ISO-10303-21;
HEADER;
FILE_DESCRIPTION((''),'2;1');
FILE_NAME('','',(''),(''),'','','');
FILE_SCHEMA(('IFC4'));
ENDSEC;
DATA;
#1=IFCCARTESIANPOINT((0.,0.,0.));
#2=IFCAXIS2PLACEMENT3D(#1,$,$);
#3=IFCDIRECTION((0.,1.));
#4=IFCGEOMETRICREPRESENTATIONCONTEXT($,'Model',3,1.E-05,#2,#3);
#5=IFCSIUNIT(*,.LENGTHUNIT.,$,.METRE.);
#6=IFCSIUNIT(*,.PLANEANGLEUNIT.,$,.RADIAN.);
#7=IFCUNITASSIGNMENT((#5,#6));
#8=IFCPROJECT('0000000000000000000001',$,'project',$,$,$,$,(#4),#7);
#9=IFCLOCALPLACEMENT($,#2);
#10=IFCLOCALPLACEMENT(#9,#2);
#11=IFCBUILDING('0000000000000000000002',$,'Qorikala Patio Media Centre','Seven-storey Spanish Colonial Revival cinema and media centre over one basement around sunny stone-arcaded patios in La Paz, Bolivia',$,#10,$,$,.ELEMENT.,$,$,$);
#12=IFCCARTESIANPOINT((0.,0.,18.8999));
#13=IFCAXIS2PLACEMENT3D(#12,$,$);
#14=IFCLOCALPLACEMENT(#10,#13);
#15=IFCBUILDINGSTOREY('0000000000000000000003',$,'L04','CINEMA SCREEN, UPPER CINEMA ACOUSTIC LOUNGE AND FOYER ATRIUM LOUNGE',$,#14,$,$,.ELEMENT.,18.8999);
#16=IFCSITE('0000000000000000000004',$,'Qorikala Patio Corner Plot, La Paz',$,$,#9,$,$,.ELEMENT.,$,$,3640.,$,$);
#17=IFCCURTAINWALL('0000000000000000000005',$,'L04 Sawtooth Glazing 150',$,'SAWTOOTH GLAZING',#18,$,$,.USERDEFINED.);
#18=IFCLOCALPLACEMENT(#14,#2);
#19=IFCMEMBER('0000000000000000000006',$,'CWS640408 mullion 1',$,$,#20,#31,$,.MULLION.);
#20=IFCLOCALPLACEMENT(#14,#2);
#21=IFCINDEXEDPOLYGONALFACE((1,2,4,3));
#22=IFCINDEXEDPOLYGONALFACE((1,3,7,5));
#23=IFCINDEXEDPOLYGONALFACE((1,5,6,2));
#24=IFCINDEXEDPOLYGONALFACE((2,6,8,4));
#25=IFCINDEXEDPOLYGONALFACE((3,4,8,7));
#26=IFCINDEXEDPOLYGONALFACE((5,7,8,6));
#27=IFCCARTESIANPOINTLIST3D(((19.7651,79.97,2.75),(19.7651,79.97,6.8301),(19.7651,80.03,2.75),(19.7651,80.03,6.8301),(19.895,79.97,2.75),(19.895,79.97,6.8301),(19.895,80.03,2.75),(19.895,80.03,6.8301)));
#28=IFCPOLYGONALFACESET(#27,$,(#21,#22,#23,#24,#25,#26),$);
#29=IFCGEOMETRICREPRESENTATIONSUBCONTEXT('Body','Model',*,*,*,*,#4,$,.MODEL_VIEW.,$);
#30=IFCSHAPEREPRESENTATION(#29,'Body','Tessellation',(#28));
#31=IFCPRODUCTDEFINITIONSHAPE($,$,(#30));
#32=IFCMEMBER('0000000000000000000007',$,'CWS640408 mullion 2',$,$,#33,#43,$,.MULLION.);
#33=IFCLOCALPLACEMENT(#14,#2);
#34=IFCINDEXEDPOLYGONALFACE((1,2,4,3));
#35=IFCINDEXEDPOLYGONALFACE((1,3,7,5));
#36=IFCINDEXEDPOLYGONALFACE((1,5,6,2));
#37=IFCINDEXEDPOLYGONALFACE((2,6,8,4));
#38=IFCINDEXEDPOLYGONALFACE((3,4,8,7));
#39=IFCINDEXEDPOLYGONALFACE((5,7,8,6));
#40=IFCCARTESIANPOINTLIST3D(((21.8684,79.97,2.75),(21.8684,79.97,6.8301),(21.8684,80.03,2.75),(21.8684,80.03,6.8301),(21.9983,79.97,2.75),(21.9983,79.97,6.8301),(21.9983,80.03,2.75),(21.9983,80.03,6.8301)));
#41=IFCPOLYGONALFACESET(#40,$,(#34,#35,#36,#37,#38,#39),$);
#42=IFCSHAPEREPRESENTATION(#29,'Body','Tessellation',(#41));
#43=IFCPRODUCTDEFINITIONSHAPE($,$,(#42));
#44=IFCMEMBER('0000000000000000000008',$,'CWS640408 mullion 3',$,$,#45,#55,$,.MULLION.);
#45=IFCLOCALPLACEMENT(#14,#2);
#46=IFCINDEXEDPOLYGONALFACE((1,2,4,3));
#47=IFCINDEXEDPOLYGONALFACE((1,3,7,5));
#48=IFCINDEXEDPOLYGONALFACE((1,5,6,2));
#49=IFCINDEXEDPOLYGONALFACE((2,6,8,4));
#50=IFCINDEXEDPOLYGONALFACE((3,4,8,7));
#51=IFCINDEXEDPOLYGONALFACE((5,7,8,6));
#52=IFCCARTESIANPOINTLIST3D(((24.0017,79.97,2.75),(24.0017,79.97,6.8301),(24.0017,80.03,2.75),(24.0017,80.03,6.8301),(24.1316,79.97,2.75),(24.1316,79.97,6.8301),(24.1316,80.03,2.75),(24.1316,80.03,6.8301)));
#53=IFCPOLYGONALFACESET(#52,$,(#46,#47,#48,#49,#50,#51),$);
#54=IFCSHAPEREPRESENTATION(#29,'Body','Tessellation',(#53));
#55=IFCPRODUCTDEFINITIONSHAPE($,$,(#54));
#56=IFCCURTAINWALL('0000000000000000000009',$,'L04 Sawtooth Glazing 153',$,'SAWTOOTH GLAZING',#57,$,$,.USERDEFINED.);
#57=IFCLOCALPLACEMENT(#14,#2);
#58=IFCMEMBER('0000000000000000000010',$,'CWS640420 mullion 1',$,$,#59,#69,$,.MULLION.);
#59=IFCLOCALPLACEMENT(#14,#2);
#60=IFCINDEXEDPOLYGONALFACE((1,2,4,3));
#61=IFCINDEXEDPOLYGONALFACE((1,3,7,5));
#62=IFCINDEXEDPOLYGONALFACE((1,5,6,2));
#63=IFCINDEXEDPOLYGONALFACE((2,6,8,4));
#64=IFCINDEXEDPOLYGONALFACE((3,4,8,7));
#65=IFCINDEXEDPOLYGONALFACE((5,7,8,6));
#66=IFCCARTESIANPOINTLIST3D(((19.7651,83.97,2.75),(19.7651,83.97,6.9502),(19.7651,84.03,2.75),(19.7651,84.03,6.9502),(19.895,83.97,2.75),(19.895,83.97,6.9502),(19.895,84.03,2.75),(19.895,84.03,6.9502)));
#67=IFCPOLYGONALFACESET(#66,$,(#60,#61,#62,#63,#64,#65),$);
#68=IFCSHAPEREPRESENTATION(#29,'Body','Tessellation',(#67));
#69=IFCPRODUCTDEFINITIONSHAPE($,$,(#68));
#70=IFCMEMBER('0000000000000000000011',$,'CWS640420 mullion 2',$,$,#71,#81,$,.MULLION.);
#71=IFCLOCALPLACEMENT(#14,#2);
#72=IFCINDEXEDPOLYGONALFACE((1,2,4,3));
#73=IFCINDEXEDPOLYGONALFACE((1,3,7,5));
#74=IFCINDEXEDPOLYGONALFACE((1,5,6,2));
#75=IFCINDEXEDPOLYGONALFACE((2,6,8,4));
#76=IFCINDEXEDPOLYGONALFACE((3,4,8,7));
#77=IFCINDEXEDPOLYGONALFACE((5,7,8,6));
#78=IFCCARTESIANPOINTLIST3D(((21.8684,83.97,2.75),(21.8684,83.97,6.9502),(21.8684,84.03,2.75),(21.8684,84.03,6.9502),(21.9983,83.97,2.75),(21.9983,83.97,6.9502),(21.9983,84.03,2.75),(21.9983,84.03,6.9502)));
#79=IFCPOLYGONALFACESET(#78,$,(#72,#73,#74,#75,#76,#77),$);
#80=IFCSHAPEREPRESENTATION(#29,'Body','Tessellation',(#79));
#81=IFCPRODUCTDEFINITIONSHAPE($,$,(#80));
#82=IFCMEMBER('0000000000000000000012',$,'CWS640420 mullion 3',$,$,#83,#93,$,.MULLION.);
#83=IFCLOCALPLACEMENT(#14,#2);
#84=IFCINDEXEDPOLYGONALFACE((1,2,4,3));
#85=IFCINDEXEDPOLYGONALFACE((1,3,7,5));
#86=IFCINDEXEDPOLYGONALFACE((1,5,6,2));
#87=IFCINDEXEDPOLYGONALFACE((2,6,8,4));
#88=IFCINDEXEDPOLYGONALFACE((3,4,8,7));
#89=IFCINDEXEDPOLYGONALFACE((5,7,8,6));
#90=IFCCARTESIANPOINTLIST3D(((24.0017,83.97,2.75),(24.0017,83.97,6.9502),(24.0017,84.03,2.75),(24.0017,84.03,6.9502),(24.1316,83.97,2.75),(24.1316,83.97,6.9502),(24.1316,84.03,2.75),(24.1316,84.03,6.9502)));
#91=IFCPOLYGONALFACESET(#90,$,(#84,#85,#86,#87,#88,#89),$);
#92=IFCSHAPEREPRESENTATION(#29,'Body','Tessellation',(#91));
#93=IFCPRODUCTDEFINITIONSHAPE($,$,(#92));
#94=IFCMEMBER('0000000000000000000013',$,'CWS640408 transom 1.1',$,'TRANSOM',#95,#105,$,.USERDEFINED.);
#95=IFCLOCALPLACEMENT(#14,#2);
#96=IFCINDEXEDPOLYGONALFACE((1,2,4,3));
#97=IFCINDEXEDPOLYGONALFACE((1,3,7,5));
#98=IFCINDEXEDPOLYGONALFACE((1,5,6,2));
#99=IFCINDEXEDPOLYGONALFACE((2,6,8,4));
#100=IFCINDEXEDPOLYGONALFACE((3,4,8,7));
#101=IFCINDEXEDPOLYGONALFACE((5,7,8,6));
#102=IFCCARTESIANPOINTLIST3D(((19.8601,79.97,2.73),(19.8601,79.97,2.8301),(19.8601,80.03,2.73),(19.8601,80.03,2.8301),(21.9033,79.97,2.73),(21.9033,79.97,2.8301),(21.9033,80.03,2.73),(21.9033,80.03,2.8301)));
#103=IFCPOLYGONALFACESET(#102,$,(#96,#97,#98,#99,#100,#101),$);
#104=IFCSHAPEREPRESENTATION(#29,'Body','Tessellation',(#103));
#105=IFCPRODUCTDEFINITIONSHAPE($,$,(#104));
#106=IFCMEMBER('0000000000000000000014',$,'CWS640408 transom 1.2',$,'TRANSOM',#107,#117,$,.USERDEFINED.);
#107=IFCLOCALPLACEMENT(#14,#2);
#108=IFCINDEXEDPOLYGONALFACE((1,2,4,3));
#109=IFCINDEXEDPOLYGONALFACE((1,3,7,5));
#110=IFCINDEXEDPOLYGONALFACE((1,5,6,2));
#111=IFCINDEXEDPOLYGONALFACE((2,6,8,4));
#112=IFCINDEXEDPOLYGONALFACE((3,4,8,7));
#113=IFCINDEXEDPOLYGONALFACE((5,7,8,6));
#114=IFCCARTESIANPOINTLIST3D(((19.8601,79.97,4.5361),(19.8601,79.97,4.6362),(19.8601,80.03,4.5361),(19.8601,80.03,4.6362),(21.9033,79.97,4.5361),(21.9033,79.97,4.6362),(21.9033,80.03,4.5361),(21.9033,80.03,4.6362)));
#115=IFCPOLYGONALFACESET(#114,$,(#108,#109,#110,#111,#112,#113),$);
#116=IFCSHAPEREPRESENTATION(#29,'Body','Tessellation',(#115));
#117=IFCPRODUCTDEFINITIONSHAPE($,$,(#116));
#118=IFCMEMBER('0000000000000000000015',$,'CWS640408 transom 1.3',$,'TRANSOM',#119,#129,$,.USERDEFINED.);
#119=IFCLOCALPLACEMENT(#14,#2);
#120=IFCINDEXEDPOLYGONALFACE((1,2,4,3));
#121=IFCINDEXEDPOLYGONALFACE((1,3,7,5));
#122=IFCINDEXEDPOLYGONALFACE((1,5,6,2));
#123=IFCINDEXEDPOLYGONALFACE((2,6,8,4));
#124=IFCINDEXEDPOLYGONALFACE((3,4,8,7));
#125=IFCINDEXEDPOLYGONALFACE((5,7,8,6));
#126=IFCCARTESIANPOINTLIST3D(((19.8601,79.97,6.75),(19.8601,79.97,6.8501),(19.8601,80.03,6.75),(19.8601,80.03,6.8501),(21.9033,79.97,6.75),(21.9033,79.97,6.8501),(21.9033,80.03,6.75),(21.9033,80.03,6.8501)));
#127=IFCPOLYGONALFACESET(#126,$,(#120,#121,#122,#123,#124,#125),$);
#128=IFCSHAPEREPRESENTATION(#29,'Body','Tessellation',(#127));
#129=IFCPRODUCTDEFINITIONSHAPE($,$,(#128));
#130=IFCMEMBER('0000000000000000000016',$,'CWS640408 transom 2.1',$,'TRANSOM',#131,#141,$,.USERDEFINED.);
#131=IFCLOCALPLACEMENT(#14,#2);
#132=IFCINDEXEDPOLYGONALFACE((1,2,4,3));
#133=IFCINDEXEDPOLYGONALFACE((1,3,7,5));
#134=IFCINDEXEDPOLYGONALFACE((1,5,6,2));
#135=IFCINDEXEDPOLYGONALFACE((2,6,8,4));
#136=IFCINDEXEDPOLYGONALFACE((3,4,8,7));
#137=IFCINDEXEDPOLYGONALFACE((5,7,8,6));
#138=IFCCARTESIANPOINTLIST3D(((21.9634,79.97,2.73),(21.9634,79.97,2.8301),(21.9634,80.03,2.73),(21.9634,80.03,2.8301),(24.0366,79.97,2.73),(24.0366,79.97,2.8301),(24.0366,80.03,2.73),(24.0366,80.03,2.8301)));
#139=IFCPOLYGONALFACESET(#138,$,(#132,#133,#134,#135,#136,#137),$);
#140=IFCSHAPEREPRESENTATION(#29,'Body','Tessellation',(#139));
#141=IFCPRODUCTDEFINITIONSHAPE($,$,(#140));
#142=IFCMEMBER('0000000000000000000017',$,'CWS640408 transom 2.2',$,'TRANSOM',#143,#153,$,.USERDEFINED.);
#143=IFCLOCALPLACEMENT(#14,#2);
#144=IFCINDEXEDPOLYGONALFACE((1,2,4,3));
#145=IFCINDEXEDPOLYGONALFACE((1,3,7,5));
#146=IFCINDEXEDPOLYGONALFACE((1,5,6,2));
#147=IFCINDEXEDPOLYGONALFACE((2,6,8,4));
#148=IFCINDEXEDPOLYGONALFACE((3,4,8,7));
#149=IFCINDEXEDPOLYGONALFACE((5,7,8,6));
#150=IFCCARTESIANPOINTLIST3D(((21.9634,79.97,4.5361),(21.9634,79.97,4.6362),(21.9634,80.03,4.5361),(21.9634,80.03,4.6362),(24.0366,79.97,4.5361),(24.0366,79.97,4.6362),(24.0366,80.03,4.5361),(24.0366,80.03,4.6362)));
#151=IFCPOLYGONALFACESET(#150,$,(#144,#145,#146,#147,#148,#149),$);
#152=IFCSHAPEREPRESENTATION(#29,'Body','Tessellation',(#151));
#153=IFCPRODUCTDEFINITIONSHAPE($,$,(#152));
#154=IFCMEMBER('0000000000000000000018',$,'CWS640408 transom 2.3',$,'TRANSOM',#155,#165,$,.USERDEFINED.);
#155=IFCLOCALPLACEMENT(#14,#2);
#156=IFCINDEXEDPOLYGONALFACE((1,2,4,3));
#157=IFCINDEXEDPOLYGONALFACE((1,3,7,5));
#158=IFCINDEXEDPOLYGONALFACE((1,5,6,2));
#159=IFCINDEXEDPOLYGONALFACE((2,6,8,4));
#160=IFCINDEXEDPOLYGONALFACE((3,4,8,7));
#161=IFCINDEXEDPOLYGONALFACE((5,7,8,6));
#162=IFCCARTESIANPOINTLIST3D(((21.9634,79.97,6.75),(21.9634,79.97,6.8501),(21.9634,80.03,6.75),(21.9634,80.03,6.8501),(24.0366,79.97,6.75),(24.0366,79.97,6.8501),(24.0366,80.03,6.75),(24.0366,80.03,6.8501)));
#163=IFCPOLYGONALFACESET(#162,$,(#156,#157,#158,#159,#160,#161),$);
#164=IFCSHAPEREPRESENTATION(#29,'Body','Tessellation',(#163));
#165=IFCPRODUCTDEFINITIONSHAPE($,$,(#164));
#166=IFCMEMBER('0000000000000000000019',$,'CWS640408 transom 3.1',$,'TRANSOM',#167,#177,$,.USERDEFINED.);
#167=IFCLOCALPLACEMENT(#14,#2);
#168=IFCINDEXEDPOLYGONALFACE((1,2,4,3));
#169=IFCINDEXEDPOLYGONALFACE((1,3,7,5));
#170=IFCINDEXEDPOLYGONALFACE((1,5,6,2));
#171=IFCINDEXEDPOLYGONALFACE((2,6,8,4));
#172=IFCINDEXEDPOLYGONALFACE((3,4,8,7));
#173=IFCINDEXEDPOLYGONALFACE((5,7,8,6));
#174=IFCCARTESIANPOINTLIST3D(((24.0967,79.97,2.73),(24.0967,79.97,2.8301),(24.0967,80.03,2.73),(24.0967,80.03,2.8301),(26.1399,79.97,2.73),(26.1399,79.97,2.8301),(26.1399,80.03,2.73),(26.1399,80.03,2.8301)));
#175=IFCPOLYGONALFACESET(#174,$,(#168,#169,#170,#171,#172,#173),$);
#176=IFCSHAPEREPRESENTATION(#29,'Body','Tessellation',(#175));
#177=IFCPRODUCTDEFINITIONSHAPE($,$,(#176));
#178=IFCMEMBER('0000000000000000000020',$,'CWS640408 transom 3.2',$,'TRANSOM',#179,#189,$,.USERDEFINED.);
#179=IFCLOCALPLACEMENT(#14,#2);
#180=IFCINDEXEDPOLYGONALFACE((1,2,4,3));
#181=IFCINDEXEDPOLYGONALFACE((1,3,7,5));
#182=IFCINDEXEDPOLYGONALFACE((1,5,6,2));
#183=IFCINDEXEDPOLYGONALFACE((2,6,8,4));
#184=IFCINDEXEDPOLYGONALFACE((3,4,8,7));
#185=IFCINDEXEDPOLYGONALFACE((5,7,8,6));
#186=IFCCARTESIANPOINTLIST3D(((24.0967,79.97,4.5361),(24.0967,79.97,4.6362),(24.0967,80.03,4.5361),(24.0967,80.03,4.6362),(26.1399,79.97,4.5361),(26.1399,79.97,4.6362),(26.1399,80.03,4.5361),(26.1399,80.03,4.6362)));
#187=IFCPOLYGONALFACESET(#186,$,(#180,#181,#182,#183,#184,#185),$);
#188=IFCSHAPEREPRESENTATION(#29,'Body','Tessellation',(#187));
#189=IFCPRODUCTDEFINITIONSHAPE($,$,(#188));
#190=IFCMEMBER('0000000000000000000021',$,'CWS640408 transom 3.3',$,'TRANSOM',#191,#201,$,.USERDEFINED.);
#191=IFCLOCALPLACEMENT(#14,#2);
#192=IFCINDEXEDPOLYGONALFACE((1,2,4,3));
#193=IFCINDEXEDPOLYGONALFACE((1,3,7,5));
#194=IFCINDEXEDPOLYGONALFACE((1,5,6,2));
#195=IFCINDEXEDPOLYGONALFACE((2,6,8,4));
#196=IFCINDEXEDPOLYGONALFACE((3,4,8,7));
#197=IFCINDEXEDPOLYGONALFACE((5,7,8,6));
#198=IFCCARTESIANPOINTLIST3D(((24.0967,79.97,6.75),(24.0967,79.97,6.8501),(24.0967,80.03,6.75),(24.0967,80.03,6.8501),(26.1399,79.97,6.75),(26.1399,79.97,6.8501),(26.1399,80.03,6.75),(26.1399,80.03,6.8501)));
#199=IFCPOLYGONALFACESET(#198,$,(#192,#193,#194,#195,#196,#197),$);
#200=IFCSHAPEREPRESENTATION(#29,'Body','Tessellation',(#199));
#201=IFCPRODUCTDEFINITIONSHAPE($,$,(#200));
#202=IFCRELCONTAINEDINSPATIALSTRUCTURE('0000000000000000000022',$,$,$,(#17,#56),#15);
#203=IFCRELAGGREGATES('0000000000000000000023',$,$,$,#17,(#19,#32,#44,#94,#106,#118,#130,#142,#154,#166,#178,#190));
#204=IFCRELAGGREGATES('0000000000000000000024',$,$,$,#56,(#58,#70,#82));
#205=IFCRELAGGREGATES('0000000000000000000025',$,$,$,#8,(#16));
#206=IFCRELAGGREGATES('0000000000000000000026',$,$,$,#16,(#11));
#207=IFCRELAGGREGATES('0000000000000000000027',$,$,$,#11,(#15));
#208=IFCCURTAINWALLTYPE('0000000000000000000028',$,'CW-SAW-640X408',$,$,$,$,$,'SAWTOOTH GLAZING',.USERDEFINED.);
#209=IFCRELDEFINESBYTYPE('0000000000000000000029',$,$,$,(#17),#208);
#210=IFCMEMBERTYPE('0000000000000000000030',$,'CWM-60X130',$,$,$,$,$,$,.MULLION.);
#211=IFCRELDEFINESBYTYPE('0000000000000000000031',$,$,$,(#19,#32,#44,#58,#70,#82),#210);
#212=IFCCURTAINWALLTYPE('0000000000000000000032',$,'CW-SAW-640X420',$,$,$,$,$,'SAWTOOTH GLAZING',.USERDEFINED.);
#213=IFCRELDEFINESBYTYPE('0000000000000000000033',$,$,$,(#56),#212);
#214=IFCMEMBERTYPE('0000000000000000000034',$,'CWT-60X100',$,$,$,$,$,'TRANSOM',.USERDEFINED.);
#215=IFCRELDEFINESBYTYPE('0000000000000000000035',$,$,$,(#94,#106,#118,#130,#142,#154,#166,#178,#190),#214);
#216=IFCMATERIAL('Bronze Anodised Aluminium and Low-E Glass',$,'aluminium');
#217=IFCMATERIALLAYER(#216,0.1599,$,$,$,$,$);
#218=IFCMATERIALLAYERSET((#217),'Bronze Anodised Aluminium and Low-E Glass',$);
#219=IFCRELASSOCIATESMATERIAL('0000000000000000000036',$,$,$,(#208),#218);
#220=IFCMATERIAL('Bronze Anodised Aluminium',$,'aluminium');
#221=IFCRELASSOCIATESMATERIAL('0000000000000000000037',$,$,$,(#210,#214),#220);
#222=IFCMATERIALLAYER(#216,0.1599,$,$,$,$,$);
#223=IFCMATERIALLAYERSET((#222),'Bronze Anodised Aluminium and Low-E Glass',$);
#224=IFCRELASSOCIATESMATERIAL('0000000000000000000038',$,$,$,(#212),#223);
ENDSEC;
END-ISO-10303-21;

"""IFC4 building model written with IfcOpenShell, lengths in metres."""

from ifc_helpers import new_model, si_unit, direction, frame, origin, origin_2d, place, context, subcontext, project, spatial, rectangle, extrude, material, layer, layer_set, material_profile, profile_set, type_object, element, aggregate, save


model = new_model("IFC4")

# Units and contexts
model_context = context("Model", 3, precision=1e-05, world=origin(), true_north=direction((0.0, 1.0)))
body_context = subcontext(model_context, "Body", "Model", "MODEL_VIEW")
ifc_project = project(units=[si_unit("LENGTHUNIT", "METRE"), si_unit("PLANEANGLEUNIT", "RADIAN")], contexts=[model_context])

# Site, building, storey
site_placement = place(None, origin())
site = spatial("IfcSite", under=ifc_project, at=site_placement, Name="Qorikala Patio Corner Plot, La Paz", CompositionType="ELEMENT", RefElevation=3640.0)
building_placement = place(site_placement, origin())
building = spatial("IfcBuilding", under=site, at=building_placement, Name="Qorikala Patio Media Centre", Description="Seven-storey Spanish Colonial Revival cinema and media centre over one basement around sunny stone-arcaded patios in La Paz, Bolivia", CompositionType="ELEMENT")
storey_placement = place(building_placement, frame((0.0, 0.0, 18.8999)))
storey = spatial("IfcBuildingStorey", under=building, at=storey_placement, Name="L04", Description="CINEMA SCREEN, UPPER CINEMA ACOUSTIC LOUNGE AND FOYER ATRIUM LOUNGE", CompositionType="ELEMENT", Elevation=18.8999)

# Curtain walls, members
ifc_material_1 = material(Name="Bronze Anodised Aluminium and Low-E Glass", Category="aluminium")
ifc_layer_1 = layer(ifc_material_1, 0.1599)
ifc_layer_set_1 = layer_set([ifc_layer_1], Name="Bronze Anodised Aluminium and Low-E Glass")
curtain_wall_type_1 = type_object("IfcCurtainWallType", Name="CW-SAW-640X408", ElementType="SAWTOOTH GLAZING", PredefinedType="USERDEFINED", material=ifc_layer_set_1)
curtain_wall_1_placement = place(storey_placement, origin())
curtain_wall_1 = element("IfcCurtainWall", 1, at=curtain_wall_1_placement, inside=storey, type_object=curtain_wall_type_1, Name="L04 Sawtooth Glazing 150", ObjectType="SAWTOOTH GLAZING", PredefinedType="USERDEFINED")
ifc_material_2 = material(Name="Bronze Anodised Aluminium", Category="aluminium")
ifc_material_profile_1 = material_profile(ifc_material_2, rectangle(XDim=0.0601, YDim=0.1299, at=origin_2d()), Name="ALU MULLION 60x130")
ifc_profile_set_1 = profile_set([ifc_material_profile_1], Name="Bronze Anodised Aluminium")
member_type_1 = type_object("IfcMemberType", Name="CWM-60X130", PredefinedType="MULLION", material=ifc_profile_set_1)
member_1_placement = place(storey_placement, frame((19.8301, 80.0, 2.75), z_axis=(0.0, 0.0, 1.0), x_axis=(0.0, 1.0, 0.0)))
member_1 = element("IfcMember", 2, at=member_1_placement, type_object=member_type_1, Name="CWS640408 mullion 1", PredefinedType="MULLION", context=body_context, shape_type="SweptSolid", body=[
    extrude(rectangle(XDim=0.0601, YDim=0.1299, at=origin_2d()), origin(), (0.0, 0.0, 1.0), 4.0801),
])
member_2_placement = place(storey_placement, frame((21.9333, 80.0, 2.75), z_axis=(0.0, 0.0, 1.0), x_axis=(0.0, 1.0, 0.0)))
member_2 = element("IfcMember", 3, at=member_2_placement, type_object=member_type_1, Name="CWS640408 mullion 2", PredefinedType="MULLION", context=body_context, shape_type="SweptSolid", body=[
    extrude(rectangle(XDim=0.0601, YDim=0.1299, at=origin_2d()), origin(), (0.0, 0.0, 1.0), 4.0801),
])
member_3_placement = place(storey_placement, frame((24.0667, 80.0, 2.75), z_axis=(0.0, 0.0, 1.0), x_axis=(0.0, 1.0, 0.0)))
member_3 = element("IfcMember", 4, at=member_3_placement, type_object=member_type_1, Name="CWS640408 mullion 3", PredefinedType="MULLION", context=body_context, shape_type="SweptSolid", body=[
    extrude(rectangle(XDim=0.0601, YDim=0.1299, at=origin_2d()), origin(), (0.0, 0.0, 1.0), 4.0801),
])
ifc_layer_2 = layer(ifc_material_1, 0.1599)
ifc_layer_set_2 = layer_set([ifc_layer_2], Name="Bronze Anodised Aluminium and Low-E Glass")
curtain_wall_type_2 = type_object("IfcCurtainWallType", Name="CW-SAW-640X420", ElementType="SAWTOOTH GLAZING", PredefinedType="USERDEFINED", material=ifc_layer_set_2)
curtain_wall_2_placement = place(storey_placement, origin())
curtain_wall_2 = element("IfcCurtainWall", 5, at=curtain_wall_2_placement, inside=storey, type_object=curtain_wall_type_2, Name="L04 Sawtooth Glazing 153", ObjectType="SAWTOOTH GLAZING", PredefinedType="USERDEFINED")
member_4_placement = place(storey_placement, frame((19.8301, 84.0, 2.75), z_axis=(0.0, 0.0, 1.0), x_axis=(0.0, 1.0, 0.0)))
member_4 = element("IfcMember", 6, at=member_4_placement, type_object=member_type_1, Name="CWS640420 mullion 1", PredefinedType="MULLION", context=body_context, shape_type="SweptSolid", body=[
    extrude(rectangle(XDim=0.0601, YDim=0.1299, at=origin_2d()), origin(), (0.0, 0.0, 1.0), 4.2002),
])
member_5_placement = place(storey_placement, frame((21.9333, 84.0, 2.75), z_axis=(0.0, 0.0, 1.0), x_axis=(0.0, 1.0, 0.0)))
member_5 = element("IfcMember", 7, at=member_5_placement, type_object=member_type_1, Name="CWS640420 mullion 2", PredefinedType="MULLION", context=body_context, shape_type="SweptSolid", body=[
    extrude(rectangle(XDim=0.0601, YDim=0.1299, at=origin_2d()), origin(), (0.0, 0.0, 1.0), 4.2002),
])
member_6_placement = place(storey_placement, frame((24.0667, 84.0, 2.75), z_axis=(0.0, 0.0, 1.0), x_axis=(0.0, 1.0, 0.0)))
member_6 = element("IfcMember", 8, at=member_6_placement, type_object=member_type_1, Name="CWS640420 mullion 3", PredefinedType="MULLION", context=body_context, shape_type="SweptSolid", body=[
    extrude(rectangle(XDim=0.0601, YDim=0.1299, at=origin_2d()), origin(), (0.0, 0.0, 1.0), 4.2002),
])

# Members
ifc_material_profile_2 = material_profile(ifc_material_2, rectangle(XDim=0.0601, YDim=0.1001, at=origin_2d()), Name="ALU TRANSOM 60x100")
ifc_profile_set_2 = profile_set([ifc_material_profile_2], Name="Bronze Anodised Aluminium")
member_type_2 = type_object("IfcMemberType", Name="CWT-60X100", ElementType="TRANSOM", PredefinedType="USERDEFINED", material=ifc_profile_set_2)
member_7_placement = place(storey_placement, frame((19.8601, 80.0, 2.78), z_axis=(1.0, 0.0, 0.0), x_axis=(0.0, 1.0, 0.0)))
member_7 = element("IfcMember", 9, at=member_7_placement, type_object=member_type_2, Name="CWS640408 transom 1.1", ObjectType="TRANSOM", PredefinedType="USERDEFINED", context=body_context, shape_type="SweptSolid", body=[
    extrude(rectangle(XDim=0.0601, YDim=0.1001, at=origin_2d()), origin(), (0.0, 0.0, 1.0), 2.0432),
])
member_8_placement = place(storey_placement, frame((19.8601, 80.0, 4.5862), z_axis=(1.0, 0.0, 0.0), x_axis=(0.0, 1.0, 0.0)))
member_8 = element("IfcMember", 10, at=member_8_placement, type_object=member_type_2, Name="CWS640408 transom 1.2", ObjectType="TRANSOM", PredefinedType="USERDEFINED", context=body_context, shape_type="SweptSolid", body=[
    extrude(rectangle(XDim=0.0601, YDim=0.1001, at=origin_2d()), origin(), (0.0, 0.0, 1.0), 2.0432),
])
member_9_placement = place(storey_placement, frame((19.8601, 80.0, 6.8), z_axis=(1.0, 0.0, 0.0), x_axis=(0.0, 1.0, 0.0)))
member_9 = element("IfcMember", 11, at=member_9_placement, type_object=member_type_2, Name="CWS640408 transom 1.3", ObjectType="TRANSOM", PredefinedType="USERDEFINED", context=body_context, shape_type="SweptSolid", body=[
    extrude(rectangle(XDim=0.0601, YDim=0.1001, at=origin_2d()), origin(), (0.0, 0.0, 1.0), 2.0432),
])
member_10_placement = place(storey_placement, frame((21.9634, 80.0, 2.78), z_axis=(1.0, 0.0, 0.0), x_axis=(0.0, 1.0, 0.0)))
member_10 = element("IfcMember", 12, at=member_10_placement, type_object=member_type_2, Name="CWS640408 transom 2.1", ObjectType="TRANSOM", PredefinedType="USERDEFINED", context=body_context, shape_type="SweptSolid", body=[
    extrude(rectangle(XDim=0.0601, YDim=0.1001, at=origin_2d()), origin(), (0.0, 0.0, 1.0), 2.0732),
])
member_11_placement = place(storey_placement, frame((21.9634, 80.0, 4.5862), z_axis=(1.0, 0.0, 0.0), x_axis=(0.0, 1.0, 0.0)))
member_11 = element("IfcMember", 13, at=member_11_placement, type_object=member_type_2, Name="CWS640408 transom 2.2", ObjectType="TRANSOM", PredefinedType="USERDEFINED", context=body_context, shape_type="SweptSolid", body=[
    extrude(rectangle(XDim=0.0601, YDim=0.1001, at=origin_2d()), origin(), (0.0, 0.0, 1.0), 2.0732),
])
member_12_placement = place(storey_placement, frame((21.9634, 80.0, 6.8), z_axis=(1.0, 0.0, 0.0), x_axis=(0.0, 1.0, 0.0)))
member_12 = element("IfcMember", 14, at=member_12_placement, type_object=member_type_2, Name="CWS640408 transom 2.3", ObjectType="TRANSOM", PredefinedType="USERDEFINED", context=body_context, shape_type="SweptSolid", body=[
    extrude(rectangle(XDim=0.0601, YDim=0.1001, at=origin_2d()), origin(), (0.0, 0.0, 1.0), 2.0732),
])
member_13_placement = place(storey_placement, frame((24.0967, 80.0, 2.78), z_axis=(1.0, 0.0, 0.0), x_axis=(0.0, 1.0, 0.0)))
member_13 = element("IfcMember", 15, at=member_13_placement, type_object=member_type_2, Name="CWS640408 transom 3.1", ObjectType="TRANSOM", PredefinedType="USERDEFINED", context=body_context, shape_type="SweptSolid", body=[
    extrude(rectangle(XDim=0.0601, YDim=0.1001, at=origin_2d()), origin(), (0.0, 0.0, 1.0), 2.0432),
])
member_14_placement = place(storey_placement, frame((24.0967, 80.0, 4.5862), z_axis=(1.0, 0.0, 0.0), x_axis=(0.0, 1.0, 0.0)))
member_14 = element("IfcMember", 16, at=member_14_placement, type_object=member_type_2, Name="CWS640408 transom 3.2", ObjectType="TRANSOM", PredefinedType="USERDEFINED", context=body_context, shape_type="SweptSolid", body=[
    extrude(rectangle(XDim=0.0601, YDim=0.1001, at=origin_2d()), origin(), (0.0, 0.0, 1.0), 2.0432),
])
member_15_placement = place(storey_placement, frame((24.0967, 80.0, 6.8), z_axis=(1.0, 0.0, 0.0), x_axis=(0.0, 1.0, 0.0)))
member_15 = element("IfcMember", 17, at=member_15_placement, type_object=member_type_2, Name="CWS640408 transom 3.3", ObjectType="TRANSOM", PredefinedType="USERDEFINED", context=body_context, shape_type="SweptSolid", body=[
    extrude(rectangle(XDim=0.0601, YDim=0.1001, at=origin_2d()), origin(), (0.0, 0.0, 1.0), 2.0432),
])

aggregate(curtain_wall_1, [member_1, member_2, member_3, member_7, member_8, member_9, member_10, member_11, member_12, member_13, member_14, member_15])
aggregate(curtain_wall_2, [member_4, member_5, member_6])

save(model, "model.ifc")
